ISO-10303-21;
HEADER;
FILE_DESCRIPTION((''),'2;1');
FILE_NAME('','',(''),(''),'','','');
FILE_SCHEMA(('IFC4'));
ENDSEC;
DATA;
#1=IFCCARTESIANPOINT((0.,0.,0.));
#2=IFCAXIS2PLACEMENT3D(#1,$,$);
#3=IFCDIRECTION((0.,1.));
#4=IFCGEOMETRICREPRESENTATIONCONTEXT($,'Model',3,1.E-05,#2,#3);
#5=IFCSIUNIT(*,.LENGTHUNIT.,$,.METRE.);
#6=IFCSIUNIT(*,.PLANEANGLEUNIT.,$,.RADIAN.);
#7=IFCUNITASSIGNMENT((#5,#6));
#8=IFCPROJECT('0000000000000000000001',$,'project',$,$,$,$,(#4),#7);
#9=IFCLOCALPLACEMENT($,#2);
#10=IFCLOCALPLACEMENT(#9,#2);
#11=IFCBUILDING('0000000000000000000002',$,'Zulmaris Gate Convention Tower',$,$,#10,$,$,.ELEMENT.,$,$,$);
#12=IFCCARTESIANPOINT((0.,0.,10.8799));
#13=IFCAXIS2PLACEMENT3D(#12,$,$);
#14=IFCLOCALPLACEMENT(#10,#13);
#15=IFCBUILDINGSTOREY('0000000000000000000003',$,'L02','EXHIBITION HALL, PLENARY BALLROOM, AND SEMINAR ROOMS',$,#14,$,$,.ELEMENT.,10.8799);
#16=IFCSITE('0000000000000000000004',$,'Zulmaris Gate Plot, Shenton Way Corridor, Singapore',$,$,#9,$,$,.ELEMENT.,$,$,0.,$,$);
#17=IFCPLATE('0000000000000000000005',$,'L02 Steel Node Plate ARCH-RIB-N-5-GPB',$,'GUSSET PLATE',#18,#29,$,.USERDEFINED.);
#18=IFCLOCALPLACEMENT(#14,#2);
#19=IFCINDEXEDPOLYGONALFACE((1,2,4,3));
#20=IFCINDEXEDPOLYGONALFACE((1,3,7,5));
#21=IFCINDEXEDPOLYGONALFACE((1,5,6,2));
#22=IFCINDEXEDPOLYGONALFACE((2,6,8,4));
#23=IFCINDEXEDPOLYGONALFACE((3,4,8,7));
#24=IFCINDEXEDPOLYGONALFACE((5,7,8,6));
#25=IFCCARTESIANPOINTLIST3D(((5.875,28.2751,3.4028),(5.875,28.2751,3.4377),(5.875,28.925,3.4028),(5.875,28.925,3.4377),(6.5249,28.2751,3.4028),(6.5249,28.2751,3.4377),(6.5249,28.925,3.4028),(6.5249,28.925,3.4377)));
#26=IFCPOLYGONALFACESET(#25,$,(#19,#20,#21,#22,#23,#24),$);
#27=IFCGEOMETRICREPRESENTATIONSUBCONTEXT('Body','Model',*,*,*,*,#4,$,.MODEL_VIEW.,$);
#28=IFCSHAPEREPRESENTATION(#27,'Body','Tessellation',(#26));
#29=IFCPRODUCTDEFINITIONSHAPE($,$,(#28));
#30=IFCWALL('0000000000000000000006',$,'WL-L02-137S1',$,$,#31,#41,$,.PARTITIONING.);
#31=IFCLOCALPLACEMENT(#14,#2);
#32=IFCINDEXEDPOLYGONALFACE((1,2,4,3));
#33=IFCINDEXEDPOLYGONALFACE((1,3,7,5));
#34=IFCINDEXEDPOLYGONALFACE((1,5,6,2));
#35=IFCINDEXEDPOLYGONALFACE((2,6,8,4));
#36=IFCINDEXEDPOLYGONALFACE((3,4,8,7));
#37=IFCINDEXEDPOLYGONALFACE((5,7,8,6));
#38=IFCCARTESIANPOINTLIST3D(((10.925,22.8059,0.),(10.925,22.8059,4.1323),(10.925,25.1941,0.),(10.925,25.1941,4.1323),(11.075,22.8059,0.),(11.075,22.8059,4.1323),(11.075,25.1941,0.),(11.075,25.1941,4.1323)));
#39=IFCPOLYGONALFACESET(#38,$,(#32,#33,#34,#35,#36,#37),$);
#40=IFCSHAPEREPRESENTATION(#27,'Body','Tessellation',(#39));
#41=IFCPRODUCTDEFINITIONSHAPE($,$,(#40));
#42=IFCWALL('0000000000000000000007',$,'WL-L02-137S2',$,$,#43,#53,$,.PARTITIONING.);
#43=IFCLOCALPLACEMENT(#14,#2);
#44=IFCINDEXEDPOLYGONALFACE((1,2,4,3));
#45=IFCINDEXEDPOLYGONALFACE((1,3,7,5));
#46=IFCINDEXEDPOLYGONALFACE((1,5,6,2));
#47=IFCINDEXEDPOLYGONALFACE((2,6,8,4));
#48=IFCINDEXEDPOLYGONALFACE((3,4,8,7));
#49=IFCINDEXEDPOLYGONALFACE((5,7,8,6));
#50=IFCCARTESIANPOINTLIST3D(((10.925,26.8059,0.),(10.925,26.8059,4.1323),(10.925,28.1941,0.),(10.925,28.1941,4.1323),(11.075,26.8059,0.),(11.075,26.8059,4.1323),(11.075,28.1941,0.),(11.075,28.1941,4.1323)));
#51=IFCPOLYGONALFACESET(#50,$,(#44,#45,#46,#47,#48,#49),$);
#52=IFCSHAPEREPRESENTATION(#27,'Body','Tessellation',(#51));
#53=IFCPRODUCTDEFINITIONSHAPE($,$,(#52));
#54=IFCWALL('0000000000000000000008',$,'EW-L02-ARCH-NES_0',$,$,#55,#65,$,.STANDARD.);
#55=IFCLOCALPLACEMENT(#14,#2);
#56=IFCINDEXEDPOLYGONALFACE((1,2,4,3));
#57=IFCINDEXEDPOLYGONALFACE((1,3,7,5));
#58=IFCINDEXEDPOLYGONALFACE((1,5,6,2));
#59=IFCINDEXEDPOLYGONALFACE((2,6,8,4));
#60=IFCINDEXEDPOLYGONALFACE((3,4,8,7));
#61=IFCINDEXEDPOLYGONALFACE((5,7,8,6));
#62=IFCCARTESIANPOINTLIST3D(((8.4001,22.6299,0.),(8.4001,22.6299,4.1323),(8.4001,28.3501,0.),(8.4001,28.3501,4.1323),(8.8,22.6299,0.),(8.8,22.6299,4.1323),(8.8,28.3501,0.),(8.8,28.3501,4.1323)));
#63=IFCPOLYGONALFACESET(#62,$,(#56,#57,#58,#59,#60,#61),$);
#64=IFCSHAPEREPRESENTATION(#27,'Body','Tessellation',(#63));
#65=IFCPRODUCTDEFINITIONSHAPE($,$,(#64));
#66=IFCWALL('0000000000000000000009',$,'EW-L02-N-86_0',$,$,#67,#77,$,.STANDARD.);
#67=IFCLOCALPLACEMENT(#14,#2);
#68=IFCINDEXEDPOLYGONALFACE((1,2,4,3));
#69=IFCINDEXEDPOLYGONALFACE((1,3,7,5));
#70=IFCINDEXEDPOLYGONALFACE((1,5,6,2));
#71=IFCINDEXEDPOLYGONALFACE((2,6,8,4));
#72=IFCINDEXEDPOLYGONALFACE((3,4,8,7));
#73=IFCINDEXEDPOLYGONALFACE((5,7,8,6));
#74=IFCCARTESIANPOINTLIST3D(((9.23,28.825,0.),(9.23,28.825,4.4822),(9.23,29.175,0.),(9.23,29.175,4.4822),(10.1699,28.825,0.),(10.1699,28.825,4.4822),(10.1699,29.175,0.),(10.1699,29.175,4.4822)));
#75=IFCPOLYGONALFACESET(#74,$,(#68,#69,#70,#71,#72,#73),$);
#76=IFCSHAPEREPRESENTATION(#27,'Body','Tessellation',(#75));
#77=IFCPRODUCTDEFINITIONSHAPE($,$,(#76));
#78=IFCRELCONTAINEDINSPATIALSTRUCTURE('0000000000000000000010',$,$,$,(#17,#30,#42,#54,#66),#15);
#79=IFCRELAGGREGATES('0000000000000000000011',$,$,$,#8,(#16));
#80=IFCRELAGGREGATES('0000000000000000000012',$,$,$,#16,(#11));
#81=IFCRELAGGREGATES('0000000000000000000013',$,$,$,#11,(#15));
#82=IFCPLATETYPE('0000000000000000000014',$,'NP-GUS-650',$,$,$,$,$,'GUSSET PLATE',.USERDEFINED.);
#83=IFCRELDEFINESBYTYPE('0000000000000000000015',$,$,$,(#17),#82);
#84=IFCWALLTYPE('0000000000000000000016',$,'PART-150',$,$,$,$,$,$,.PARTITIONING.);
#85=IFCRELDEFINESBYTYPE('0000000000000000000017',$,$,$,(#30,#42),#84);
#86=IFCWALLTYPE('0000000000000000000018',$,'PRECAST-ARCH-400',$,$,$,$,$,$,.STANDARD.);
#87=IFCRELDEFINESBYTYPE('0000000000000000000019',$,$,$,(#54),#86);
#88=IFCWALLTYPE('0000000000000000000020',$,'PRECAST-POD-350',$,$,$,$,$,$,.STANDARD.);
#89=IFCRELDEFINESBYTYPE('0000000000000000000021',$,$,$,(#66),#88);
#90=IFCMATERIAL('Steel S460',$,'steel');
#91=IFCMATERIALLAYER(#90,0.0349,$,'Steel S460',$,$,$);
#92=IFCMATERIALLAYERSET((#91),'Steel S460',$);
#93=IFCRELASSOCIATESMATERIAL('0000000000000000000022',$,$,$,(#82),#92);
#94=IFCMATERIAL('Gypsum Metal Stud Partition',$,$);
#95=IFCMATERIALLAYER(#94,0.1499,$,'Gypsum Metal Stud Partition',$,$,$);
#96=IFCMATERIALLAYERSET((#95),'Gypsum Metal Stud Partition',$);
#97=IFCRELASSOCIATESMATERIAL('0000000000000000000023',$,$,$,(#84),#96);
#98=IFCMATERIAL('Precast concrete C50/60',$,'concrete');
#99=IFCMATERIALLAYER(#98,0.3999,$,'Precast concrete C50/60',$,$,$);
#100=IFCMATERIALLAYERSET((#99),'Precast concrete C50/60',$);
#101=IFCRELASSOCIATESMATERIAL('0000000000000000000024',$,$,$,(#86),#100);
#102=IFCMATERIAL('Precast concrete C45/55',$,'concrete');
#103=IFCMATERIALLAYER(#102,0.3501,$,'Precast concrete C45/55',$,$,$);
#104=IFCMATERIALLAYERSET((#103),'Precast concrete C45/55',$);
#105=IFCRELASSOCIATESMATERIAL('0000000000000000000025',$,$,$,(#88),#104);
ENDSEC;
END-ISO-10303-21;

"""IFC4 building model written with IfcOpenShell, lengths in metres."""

from ifc_helpers import new_model, si_unit, direction, frame, frame_2d, origin, origin_2d, place, context, subcontext, project, spatial, rectangle, extrude, material, layer, layer_set, type_object, element, save


model = new_model("IFC4")

# Units and contexts
model_context = context("Model", 3, precision=1e-05, world=origin(), true_north=direction((0.0, 1.0)))
body_context = subcontext(model_context, "Body", "Model", "MODEL_VIEW")
ifc_project = project(units=[si_unit("LENGTHUNIT", "METRE"), si_unit("PLANEANGLEUNIT", "RADIAN")], contexts=[model_context])

# Site, building, storey
site_placement = place(None, origin())
site = spatial("IfcSite", under=ifc_project, at=site_placement, Name="Zulmaris Gate Plot, Shenton Way Corridor, Singapore", CompositionType="ELEMENT", RefElevation=0.0)
building_placement = place(site_placement, origin())
building = spatial("IfcBuilding", under=site, at=building_placement, Name="Zulmaris Gate Convention Tower", CompositionType="ELEMENT")
storey_placement = place(building_placement, frame((0.0, 0.0, 10.8799)))
storey = spatial("IfcBuildingStorey", under=building, at=storey_placement, Name="L02", Description="EXHIBITION HALL, PLENARY BALLROOM, AND SEMINAR ROOMS", CompositionType="ELEMENT", Elevation=10.8799)

# Shared definitions
ifc_material_1 = material(Name="Precast concrete C50/60", Category="concrete")

# Shared definitions
ifc_material_2 = material(Name="Steel S460", Category="steel")

# Plate
ifc_layer_1 = layer(ifc_material_2, 0.0349, Name="Steel S460")
ifc_layer_set_1 = layer_set([ifc_layer_1], Name="Steel S460")
plate_type_1 = type_object("IfcPlateType", Name="NP-GUS-650", ElementType="GUSSET PLATE", PredefinedType="USERDEFINED", material=ifc_layer_set_1)
plate_1_placement = place(storey_placement, frame((6.2, 28.6001, 3.4028), z_axis=(0.0, 0.0, 1.0), x_axis=(1.0, 0.0, 0.0)))
element("IfcPlate", 1, at=plate_1_placement, inside=storey, type_object=plate_type_1, Name="L02 Steel Node Plate ARCH-RIB-N-5-GPB", ObjectType="GUSSET PLATE", PredefinedType="USERDEFINED", context=body_context, shape_type="SweptSolid", body=[
    extrude(rectangle(XDim=0.6499, YDim=0.6499, at=origin_2d()), origin(), (0.0, 0.0, 1.0), 0.0349),
])

# Walls
ifc_material_3 = material(Name="Gypsum Metal Stud Partition")
ifc_layer_2 = layer(ifc_material_3, 0.1499, Name="Gypsum Metal Stud Partition")
ifc_layer_set_2 = layer_set([ifc_layer_2], Name="Gypsum Metal Stud Partition")
wall_type_1 = type_object("IfcWallType", Name="PART-150", PredefinedType="PARTITIONING", material=ifc_layer_set_2)
wall_1_placement = place(storey_placement, frame((11.0, 22.8059, 0.0), z_axis=(0.0, 0.0, 1.0), x_axis=(0.0, 1.0, 0.0)))
element("IfcWall", 2, at=wall_1_placement, inside=storey, type_object=wall_type_1, Name="WL-L02-137S1", PredefinedType="PARTITIONING", context=body_context, shape_type="SweptSolid", body=[
    extrude(rectangle(XDim=2.3882, YDim=0.1499, at=frame_2d((1.1941, 0.0))), origin(), (0.0, 0.0, 1.0), 4.1323),
])
wall_2_placement = place(storey_placement, frame((11.0, 26.8059, 0.0), z_axis=(0.0, 0.0, 1.0), x_axis=(0.0, 1.0, 0.0)))
element("IfcWall", 3, at=wall_2_placement, inside=storey, type_object=wall_type_1, Name="WL-L02-137S2", PredefinedType="PARTITIONING", context=body_context, shape_type="SweptSolid", body=[
    extrude(rectangle(XDim=1.3882, YDim=0.1499, at=frame_2d((0.6941, 0.0))), origin(), (0.0, 0.0, 1.0), 4.1323),
])
ifc_layer_3 = layer(ifc_material_1, 0.3999, Name="Precast concrete C50/60")
ifc_layer_set_3 = layer_set([ifc_layer_3], Name="Precast concrete C50/60")
wall_type_2 = type_object("IfcWallType", Name="PRECAST-ARCH-400", PredefinedType="STANDARD", material=ifc_layer_set_3)
wall_3_placement = place(storey_placement, frame((8.6001, 28.3501, 0.0), z_axis=(0.0, 0.0, 1.0), x_axis=(0.0, -1.0, 0.0)))
element("IfcWall", 4, at=wall_3_placement, inside=storey, type_object=wall_type_2, Name="EW-L02-ARCH-NES_0", PredefinedType="STANDARD", context=body_context, shape_type="SweptSolid", body=[
    extrude(rectangle(XDim=5.7202, YDim=0.3999, at=frame_2d((2.8601, 0.0))), origin(), (0.0, 0.0, 1.0), 4.1323),
])
ifc_material_4 = material(Name="Precast concrete C45/55", Category="concrete")
ifc_layer_4 = layer(ifc_material_4, 0.3501, Name="Precast concrete C45/55")
ifc_layer_set_4 = layer_set([ifc_layer_4], Name="Precast concrete C45/55")
wall_type_3 = type_object("IfcWallType", Name="PRECAST-POD-350", PredefinedType="STANDARD", material=ifc_layer_set_4)
wall_4_placement = place(storey_placement, frame((10.1699, 29.0, 0.0), z_axis=(0.0, 0.0, 1.0), x_axis=(-1.0, 0.0, 0.0)))
element("IfcWall", 5, at=wall_4_placement, inside=storey, type_object=wall_type_3, Name="EW-L02-N-86_0", PredefinedType="STANDARD", context=body_context, shape_type="SweptSolid", body=[
    extrude(rectangle(XDim=0.9399, YDim=0.3501, at=frame_2d((0.47, 0.0))), origin(), (0.0, 0.0, 1.0), 4.4822),
])

save(model, "model.ifc")
